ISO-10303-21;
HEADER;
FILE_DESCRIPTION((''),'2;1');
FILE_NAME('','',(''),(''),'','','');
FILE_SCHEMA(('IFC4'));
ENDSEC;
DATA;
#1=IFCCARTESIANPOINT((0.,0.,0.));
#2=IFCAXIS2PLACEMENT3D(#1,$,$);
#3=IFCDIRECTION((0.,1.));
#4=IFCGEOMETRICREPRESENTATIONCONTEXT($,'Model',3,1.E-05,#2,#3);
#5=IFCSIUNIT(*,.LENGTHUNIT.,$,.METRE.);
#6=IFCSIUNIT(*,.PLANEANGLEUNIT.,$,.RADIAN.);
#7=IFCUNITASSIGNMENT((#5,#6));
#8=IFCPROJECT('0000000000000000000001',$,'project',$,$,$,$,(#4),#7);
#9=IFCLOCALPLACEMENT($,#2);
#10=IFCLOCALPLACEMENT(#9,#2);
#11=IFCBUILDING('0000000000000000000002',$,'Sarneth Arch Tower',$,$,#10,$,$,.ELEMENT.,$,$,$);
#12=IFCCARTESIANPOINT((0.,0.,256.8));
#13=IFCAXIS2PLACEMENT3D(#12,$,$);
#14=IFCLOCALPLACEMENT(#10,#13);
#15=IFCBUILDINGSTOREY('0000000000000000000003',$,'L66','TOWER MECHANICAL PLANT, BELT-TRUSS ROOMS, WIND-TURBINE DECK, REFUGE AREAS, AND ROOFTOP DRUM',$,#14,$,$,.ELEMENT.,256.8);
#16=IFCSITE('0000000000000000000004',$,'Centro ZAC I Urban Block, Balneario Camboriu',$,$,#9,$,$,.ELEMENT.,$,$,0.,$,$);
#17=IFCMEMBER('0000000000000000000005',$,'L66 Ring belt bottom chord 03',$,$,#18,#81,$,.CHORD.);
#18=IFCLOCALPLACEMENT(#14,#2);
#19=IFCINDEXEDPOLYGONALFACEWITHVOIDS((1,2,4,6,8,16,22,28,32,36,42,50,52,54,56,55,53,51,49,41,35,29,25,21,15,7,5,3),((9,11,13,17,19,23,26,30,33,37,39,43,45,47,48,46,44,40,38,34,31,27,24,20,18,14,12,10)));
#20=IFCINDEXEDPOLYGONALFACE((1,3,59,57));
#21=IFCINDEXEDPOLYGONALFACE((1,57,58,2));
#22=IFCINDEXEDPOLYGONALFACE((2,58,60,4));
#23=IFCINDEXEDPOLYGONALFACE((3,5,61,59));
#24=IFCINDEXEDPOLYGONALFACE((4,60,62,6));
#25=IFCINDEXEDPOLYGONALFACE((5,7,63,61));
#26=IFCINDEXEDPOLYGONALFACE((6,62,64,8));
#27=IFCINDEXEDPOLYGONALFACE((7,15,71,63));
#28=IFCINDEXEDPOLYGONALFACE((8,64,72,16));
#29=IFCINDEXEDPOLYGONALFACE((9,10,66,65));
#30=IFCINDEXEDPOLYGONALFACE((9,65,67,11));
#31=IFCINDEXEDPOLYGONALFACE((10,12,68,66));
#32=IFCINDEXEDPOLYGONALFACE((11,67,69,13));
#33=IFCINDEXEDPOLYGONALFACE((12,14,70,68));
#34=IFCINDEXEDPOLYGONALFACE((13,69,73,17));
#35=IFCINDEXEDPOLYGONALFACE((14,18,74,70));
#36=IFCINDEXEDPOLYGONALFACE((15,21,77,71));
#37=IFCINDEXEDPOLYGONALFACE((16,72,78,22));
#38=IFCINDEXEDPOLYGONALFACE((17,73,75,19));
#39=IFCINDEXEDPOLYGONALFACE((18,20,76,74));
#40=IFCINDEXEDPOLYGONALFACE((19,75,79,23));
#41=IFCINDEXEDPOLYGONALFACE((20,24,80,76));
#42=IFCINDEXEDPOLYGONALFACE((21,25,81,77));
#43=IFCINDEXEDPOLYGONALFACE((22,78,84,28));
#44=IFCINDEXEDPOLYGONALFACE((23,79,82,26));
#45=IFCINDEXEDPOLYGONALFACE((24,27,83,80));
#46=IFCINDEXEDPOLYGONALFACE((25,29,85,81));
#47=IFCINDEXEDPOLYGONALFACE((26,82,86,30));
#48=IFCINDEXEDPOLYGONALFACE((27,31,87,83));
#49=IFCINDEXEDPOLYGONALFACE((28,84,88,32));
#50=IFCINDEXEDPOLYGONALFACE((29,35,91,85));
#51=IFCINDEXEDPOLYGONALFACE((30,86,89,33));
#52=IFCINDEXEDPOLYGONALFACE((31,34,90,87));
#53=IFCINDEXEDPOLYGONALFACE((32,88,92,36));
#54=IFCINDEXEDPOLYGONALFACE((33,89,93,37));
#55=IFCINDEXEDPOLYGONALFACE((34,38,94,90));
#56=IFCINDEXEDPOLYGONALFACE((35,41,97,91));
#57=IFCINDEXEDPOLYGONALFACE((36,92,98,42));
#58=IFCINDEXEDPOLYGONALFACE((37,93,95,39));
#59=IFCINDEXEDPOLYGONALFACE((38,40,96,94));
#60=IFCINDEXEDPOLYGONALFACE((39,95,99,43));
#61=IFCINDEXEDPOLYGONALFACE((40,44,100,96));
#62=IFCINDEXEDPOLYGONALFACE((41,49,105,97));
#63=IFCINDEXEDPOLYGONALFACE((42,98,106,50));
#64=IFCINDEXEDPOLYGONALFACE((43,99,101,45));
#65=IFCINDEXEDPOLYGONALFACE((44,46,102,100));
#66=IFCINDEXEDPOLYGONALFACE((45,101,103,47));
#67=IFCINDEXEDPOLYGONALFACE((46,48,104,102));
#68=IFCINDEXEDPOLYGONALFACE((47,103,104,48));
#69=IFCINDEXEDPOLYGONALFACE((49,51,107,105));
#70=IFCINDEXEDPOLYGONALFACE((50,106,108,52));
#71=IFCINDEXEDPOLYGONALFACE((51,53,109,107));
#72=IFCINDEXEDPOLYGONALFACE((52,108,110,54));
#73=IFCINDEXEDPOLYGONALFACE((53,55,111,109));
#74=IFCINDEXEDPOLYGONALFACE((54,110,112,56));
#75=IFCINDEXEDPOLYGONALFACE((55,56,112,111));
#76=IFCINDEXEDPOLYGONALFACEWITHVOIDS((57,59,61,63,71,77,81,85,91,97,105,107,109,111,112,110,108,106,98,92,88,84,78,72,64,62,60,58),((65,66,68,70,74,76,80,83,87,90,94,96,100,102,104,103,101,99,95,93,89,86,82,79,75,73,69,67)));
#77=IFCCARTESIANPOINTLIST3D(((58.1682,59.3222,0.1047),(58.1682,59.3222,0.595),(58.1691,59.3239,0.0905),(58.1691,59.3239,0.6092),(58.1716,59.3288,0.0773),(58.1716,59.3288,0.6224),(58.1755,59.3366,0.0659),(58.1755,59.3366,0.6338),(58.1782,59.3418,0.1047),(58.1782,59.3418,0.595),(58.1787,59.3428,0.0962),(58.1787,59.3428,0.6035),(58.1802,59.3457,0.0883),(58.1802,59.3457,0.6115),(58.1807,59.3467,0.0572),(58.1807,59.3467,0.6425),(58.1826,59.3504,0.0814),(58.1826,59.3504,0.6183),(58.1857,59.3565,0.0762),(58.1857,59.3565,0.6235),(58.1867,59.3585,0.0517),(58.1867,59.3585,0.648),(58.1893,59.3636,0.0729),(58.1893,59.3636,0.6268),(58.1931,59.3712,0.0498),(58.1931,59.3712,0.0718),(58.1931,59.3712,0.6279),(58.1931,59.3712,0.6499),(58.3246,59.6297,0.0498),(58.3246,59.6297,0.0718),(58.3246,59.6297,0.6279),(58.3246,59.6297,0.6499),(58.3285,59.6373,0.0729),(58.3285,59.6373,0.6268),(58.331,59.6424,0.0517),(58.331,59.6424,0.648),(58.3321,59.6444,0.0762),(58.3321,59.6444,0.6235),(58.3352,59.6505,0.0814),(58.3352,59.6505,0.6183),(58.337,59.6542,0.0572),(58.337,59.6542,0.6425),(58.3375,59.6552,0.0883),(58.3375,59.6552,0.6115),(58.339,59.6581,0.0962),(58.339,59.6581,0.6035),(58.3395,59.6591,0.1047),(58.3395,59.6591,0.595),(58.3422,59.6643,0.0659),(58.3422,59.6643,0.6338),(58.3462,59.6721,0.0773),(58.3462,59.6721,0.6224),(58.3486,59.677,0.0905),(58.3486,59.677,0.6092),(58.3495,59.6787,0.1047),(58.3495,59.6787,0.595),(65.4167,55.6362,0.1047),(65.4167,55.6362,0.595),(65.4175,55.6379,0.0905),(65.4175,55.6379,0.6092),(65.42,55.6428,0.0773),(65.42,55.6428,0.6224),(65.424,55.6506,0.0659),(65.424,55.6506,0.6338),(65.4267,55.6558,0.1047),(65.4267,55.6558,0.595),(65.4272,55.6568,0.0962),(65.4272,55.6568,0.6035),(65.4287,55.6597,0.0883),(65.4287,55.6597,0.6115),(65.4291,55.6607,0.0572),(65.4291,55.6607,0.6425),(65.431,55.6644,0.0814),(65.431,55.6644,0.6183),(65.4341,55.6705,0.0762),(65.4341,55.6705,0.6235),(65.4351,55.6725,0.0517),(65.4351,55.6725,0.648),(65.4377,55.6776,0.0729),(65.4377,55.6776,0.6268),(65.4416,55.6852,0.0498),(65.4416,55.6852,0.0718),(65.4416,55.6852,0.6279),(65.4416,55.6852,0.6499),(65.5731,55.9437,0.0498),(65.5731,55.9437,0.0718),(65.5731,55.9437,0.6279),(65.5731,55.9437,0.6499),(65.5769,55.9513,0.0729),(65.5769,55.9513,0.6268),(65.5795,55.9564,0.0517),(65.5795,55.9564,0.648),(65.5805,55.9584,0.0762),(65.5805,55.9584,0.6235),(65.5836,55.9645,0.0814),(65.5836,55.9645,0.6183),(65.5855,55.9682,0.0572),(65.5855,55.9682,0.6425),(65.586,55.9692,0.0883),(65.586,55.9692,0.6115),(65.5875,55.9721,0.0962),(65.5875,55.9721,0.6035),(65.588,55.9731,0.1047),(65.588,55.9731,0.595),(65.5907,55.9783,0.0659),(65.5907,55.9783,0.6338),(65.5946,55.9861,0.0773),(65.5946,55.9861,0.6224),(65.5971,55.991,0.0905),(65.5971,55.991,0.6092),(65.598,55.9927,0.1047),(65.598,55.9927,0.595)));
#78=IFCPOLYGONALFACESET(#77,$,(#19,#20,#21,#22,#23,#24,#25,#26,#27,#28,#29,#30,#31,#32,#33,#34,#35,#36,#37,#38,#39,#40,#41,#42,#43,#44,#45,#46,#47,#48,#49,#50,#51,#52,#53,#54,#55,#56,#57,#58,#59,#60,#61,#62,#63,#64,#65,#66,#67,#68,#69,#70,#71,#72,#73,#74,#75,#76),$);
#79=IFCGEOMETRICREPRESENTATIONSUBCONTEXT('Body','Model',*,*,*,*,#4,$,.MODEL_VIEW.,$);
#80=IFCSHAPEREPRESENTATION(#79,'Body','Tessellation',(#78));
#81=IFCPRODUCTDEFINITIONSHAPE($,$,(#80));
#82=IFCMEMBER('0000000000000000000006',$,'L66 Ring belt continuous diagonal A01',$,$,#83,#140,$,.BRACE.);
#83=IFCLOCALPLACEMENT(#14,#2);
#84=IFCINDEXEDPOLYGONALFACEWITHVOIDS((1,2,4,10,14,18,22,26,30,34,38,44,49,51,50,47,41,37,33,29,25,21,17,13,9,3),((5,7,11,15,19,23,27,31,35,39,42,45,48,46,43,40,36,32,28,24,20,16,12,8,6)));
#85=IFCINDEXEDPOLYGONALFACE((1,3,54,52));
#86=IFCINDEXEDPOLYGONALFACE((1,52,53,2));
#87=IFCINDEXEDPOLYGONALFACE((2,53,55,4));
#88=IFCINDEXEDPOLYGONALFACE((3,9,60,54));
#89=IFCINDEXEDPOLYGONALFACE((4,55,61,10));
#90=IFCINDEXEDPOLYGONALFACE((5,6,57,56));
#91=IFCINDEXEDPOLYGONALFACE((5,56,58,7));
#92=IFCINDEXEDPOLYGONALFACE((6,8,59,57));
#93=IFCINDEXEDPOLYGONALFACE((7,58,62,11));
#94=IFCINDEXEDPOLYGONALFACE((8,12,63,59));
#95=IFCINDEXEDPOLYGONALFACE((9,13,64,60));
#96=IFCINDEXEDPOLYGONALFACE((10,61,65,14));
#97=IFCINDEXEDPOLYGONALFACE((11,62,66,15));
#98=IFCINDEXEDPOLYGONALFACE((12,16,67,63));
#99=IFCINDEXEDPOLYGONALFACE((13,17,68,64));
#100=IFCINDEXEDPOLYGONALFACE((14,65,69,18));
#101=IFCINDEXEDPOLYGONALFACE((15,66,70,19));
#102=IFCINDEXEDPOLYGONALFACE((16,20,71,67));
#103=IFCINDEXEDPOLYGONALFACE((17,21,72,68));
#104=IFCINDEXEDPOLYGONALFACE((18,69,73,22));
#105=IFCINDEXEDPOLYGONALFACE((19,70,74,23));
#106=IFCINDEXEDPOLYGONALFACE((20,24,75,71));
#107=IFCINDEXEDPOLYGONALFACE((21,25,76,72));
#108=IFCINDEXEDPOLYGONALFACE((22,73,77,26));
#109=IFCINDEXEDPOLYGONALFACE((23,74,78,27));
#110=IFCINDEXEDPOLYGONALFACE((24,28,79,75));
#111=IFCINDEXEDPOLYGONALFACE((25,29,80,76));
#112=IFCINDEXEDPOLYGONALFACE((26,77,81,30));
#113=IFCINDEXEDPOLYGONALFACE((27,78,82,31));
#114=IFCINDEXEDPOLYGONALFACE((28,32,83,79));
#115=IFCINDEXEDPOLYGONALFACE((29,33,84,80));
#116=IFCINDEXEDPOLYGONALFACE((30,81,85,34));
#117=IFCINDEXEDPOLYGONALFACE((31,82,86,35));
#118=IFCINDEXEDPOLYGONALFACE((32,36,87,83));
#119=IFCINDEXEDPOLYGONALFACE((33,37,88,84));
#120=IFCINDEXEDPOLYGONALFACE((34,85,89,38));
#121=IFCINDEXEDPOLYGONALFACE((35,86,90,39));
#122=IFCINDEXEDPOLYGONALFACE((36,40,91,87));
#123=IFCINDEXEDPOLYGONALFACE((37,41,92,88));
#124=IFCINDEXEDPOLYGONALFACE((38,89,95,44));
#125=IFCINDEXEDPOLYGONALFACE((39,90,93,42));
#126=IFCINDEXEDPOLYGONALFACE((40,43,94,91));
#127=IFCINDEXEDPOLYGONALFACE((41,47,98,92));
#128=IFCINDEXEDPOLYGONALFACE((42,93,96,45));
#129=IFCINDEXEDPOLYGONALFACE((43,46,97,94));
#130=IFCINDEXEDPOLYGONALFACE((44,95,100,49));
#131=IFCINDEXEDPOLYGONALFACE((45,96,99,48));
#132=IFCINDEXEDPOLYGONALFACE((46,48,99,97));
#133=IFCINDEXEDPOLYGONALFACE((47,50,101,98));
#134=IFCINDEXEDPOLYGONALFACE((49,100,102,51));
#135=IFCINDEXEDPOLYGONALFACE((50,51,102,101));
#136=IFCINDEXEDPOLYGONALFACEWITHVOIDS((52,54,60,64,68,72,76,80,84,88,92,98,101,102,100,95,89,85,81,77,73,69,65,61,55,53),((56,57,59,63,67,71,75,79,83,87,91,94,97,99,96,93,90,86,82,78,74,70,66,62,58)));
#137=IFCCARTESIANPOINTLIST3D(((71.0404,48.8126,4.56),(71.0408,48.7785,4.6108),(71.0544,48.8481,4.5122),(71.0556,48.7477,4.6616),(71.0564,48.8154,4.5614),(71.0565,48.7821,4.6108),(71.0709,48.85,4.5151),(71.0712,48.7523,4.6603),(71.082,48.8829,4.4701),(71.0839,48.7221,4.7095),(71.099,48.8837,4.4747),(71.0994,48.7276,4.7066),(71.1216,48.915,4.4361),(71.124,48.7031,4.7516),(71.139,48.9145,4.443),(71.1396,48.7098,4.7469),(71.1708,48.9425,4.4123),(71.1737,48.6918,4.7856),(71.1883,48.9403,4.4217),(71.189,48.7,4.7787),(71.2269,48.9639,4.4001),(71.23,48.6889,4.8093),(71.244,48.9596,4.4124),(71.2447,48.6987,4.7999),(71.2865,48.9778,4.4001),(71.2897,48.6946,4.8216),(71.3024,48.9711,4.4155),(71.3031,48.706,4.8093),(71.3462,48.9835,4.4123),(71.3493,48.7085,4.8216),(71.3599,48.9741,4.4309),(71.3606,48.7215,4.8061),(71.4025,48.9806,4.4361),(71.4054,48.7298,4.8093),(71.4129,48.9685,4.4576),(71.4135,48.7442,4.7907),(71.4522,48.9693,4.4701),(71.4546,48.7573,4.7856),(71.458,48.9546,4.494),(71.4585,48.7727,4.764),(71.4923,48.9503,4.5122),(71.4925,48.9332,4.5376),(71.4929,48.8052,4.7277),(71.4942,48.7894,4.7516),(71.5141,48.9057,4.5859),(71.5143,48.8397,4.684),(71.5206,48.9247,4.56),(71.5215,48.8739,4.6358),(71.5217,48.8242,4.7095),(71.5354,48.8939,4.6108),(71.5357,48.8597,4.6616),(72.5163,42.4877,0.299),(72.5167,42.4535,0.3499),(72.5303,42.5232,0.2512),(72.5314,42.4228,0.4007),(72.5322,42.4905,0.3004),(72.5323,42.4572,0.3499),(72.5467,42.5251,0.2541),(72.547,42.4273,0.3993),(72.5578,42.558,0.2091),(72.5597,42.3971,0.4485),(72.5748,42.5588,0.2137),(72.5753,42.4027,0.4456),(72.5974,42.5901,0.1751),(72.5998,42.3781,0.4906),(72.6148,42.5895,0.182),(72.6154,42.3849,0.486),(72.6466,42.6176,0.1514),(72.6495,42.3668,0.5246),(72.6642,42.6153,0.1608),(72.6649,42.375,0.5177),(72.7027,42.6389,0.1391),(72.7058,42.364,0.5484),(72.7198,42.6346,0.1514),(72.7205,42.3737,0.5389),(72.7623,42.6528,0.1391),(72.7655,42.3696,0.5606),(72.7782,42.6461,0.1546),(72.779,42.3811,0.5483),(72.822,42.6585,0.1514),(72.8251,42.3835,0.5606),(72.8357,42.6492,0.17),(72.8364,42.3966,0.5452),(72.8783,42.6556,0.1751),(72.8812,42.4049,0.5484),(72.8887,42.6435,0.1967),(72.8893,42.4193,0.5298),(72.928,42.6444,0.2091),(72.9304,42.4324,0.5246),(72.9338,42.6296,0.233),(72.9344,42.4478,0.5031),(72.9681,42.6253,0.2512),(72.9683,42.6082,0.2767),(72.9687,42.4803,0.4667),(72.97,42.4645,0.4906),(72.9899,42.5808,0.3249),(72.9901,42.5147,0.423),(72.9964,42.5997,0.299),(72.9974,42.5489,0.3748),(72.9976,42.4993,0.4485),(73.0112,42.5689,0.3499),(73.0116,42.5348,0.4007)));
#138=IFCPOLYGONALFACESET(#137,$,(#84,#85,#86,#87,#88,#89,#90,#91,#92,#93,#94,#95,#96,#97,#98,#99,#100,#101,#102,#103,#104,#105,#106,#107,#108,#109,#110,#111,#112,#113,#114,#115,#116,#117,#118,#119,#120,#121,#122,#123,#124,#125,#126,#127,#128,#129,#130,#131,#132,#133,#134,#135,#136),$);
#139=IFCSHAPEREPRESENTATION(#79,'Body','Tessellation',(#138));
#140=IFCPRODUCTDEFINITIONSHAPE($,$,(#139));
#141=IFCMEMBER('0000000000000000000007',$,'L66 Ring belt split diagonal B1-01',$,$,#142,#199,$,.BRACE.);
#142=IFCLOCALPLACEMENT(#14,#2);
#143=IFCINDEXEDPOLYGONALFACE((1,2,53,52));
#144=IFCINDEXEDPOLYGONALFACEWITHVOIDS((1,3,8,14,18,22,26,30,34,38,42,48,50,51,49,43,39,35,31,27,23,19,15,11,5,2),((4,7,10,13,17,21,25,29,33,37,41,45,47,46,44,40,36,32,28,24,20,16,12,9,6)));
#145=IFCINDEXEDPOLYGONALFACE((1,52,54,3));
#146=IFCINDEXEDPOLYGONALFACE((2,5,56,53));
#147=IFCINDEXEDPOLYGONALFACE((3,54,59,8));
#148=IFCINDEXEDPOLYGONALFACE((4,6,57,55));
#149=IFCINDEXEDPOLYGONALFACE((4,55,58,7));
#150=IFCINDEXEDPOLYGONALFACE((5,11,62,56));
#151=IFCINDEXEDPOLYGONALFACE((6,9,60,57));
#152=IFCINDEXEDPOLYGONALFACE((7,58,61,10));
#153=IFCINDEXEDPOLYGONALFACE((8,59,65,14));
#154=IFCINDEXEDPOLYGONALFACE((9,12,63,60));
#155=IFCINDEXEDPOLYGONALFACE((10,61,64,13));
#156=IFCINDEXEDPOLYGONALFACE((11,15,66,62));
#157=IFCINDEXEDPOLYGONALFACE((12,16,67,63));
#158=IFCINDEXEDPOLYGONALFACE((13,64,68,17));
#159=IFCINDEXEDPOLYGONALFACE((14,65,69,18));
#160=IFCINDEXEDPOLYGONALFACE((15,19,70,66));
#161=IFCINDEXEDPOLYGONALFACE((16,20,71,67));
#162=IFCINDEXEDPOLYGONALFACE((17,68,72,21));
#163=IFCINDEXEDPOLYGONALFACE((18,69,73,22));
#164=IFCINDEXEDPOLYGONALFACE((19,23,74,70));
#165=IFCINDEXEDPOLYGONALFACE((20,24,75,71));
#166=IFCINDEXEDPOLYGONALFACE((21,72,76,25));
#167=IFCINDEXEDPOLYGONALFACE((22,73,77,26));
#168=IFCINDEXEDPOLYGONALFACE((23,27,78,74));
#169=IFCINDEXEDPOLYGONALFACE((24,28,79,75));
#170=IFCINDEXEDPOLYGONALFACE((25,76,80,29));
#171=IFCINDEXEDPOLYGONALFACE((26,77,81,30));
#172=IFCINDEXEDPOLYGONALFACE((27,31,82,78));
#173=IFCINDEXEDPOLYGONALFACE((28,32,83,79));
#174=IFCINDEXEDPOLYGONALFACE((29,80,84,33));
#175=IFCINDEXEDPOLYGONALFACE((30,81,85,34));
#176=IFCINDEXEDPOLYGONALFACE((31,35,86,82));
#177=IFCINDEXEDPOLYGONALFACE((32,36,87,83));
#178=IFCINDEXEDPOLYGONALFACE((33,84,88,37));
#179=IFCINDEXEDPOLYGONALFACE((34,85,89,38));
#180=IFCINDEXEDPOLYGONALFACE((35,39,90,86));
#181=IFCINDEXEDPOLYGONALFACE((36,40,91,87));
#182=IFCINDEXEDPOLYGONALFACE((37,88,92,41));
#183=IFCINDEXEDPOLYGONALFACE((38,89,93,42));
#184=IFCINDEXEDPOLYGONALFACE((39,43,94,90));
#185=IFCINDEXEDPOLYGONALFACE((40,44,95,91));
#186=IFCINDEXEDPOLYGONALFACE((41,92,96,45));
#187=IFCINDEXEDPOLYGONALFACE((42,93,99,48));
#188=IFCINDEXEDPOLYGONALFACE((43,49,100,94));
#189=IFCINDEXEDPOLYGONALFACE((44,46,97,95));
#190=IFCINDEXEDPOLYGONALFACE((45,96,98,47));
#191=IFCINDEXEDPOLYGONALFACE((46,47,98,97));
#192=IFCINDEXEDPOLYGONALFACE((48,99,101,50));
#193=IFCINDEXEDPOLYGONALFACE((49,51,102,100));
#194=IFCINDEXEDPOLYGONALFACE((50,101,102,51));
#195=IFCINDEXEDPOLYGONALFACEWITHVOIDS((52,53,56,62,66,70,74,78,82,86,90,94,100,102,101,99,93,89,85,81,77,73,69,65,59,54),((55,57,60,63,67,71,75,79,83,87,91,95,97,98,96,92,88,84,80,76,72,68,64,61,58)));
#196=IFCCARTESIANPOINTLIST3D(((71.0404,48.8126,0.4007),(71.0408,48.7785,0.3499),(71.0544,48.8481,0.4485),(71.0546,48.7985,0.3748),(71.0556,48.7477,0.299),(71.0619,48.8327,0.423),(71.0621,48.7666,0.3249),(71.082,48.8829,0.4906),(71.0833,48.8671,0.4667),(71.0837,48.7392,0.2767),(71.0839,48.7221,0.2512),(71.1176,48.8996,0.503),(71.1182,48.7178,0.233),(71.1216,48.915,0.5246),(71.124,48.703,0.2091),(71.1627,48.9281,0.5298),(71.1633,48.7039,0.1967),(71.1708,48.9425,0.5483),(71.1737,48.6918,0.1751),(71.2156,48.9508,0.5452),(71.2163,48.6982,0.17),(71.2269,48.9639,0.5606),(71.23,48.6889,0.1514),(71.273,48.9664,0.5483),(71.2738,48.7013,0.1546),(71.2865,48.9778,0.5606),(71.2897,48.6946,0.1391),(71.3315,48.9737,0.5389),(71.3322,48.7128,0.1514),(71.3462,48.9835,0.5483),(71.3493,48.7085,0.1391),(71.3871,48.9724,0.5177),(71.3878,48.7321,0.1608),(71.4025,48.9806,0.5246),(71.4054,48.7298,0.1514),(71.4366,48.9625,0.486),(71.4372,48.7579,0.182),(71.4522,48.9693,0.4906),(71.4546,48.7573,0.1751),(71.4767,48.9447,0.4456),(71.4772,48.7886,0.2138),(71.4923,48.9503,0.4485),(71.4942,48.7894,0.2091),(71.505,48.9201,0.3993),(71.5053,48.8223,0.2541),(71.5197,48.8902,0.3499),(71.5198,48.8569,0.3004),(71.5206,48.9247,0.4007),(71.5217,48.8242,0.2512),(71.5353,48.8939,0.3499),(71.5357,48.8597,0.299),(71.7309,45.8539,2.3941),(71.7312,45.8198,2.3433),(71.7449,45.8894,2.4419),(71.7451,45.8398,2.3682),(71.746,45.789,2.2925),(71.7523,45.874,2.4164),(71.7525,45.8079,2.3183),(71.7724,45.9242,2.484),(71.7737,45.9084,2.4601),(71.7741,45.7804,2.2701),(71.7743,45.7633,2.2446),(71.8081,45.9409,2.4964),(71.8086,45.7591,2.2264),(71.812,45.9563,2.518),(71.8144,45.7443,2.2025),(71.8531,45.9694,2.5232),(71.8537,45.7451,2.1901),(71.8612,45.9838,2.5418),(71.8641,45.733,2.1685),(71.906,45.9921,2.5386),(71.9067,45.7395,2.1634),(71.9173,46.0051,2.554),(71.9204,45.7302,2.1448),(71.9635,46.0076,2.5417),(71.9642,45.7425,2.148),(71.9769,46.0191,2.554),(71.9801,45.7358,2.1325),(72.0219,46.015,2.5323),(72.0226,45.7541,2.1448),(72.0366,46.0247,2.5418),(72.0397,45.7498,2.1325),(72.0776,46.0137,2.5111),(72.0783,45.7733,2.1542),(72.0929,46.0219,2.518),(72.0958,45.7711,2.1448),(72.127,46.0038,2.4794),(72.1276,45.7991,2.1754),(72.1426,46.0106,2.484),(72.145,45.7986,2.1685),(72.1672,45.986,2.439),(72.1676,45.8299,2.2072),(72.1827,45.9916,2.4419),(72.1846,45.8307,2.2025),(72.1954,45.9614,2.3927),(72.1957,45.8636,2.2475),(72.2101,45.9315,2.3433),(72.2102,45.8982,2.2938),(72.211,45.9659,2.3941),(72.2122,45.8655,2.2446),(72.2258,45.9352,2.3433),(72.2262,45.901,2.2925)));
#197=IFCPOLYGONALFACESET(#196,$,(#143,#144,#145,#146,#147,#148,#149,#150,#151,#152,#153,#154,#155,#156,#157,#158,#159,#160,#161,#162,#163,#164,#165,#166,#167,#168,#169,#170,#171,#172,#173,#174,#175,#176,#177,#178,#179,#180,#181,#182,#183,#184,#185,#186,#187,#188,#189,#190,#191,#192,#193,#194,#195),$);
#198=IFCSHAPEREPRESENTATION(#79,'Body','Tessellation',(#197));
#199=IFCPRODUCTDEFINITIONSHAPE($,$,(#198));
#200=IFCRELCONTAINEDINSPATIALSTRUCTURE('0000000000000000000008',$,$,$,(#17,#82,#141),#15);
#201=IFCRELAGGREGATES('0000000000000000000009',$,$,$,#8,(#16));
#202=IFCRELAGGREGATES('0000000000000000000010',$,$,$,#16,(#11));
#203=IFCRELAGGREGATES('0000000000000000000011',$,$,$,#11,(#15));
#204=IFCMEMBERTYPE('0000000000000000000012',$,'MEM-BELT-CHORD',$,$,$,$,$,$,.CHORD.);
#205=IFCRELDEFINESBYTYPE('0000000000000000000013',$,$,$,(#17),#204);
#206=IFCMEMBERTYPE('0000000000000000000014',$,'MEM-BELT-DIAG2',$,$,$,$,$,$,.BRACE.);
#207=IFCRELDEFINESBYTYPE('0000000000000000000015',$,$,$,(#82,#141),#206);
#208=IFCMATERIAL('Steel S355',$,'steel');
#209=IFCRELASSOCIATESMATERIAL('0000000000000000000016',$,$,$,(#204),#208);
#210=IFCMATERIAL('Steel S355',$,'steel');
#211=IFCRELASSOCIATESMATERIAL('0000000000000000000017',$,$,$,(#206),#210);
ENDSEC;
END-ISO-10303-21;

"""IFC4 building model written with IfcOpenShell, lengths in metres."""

from ifc_helpers import new_model, si_unit, direction, frame, origin, origin_2d, place, context, subcontext, project, spatial, hollow_rectangle, hollow_circle, extrude, material, material_profile, profile_set, type_object, element, save


model = new_model("IFC4")

# Units and contexts
model_context = context("Model", 3, precision=1e-05, world=origin(), true_north=direction((0.0, 1.0)))
body_context = subcontext(model_context, "Body", "Model", "MODEL_VIEW")
ifc_project = project(units=[si_unit("LENGTHUNIT", "METRE"), si_unit("PLANEANGLEUNIT", "RADIAN")], contexts=[model_context])

# Site, building, storey
site_placement = place(None, origin())
site = spatial("IfcSite", under=ifc_project, at=site_placement, Name="Centro ZAC I Urban Block, Balneario Camboriu", CompositionType="ELEMENT", RefElevation=0.0)
building_placement = place(site_placement, origin())
building = spatial("IfcBuilding", under=site, at=building_placement, Name="Sarneth Arch Tower", CompositionType="ELEMENT")
storey_placement = place(building_placement, frame((0.0, 0.0, 256.8)))
storey = spatial("IfcBuildingStorey", under=building, at=storey_placement, Name="L66", Description="TOWER MECHANICAL PLANT, BELT-TRUSS ROOMS, WIND-TURBINE DECK, REFUGE AREAS, AND ROOFTOP DRUM", CompositionType="ELEMENT", Elevation=256.8)

# Members
ifc_material_1 = material(Name="Steel S355", Category="steel")
ifc_material_profile_1 = material_profile(ifc_material_1, hollow_rectangle(XDim=0.3999, YDim=0.6001, WallThickness=0.022, InnerFilletRadius=0.033, OuterFilletRadius=0.0549, at=origin_2d()), Name="RHS600x400x22")
ifc_profile_set_1 = profile_set([ifc_material_profile_1], Name="Steel S355")
member_type_1 = type_object("IfcMemberType", Name="MEM-BELT-CHORD", PredefinedType="CHORD", material=ifc_profile_set_1)
member_1_placement = place(storey_placement, frame((65.5073, 55.8145, 0.3499), z_axis=(-0.891368, 0.45328, 0.0), x_axis=(-0.45328, -0.891368, 0.0)))
element("IfcMember", 1, at=member_1_placement, inside=storey, type_object=member_type_1, Name="L66 Ring belt bottom chord 03", PredefinedType="CHORD", context=body_context, shape_type="SweptSolid", body=[
    extrude(hollow_rectangle(XDim=0.3999, YDim=0.6001, WallThickness=0.022, InnerFilletRadius=0.033, OuterFilletRadius=0.0549, at=origin_2d()), origin(), (0.0, 0.0, 1.0), 8.1318),
])
ifc_material_2 = material(Name="Steel S355", Category="steel")
ifc_material_profile_2 = material_profile(ifc_material_2, hollow_circle(Radius=0.2539, WallThickness=0.0161, at=origin_2d()), Name="CHS508x16")
ifc_profile_set_2 = profile_set([ifc_material_profile_2], Name="Steel S355")
member_type_2 = type_object("IfcMemberType", Name="MEM-BELT-DIAG2", PredefinedType="BRACE", material=ifc_profile_set_2)
member_2_placement = place(storey_placement, frame((72.7639, 42.5112, 0.3499), z_axis=(-0.189993, 0.81425, 0.548543), x_axis=(-0.973841, -0.227231, 0.0)))
element("IfcMember", 2, at=member_2_placement, inside=storey, type_object=member_type_2, Name="L66 Ring belt continuous diagonal A01", PredefinedType="BRACE", context=body_context, shape_type="SweptSolid", body=[
    extrude(hollow_circle(Radius=0.2539, WallThickness=0.0161, at=origin_2d()), origin(), (0.0, 0.0, 1.0), 7.7678),
])
for number, where, z_axis, x_axis, name in (
    (3, (71.2881, 48.8362, 0.3499), (0.190002, -0.814227, 0.548574), (0.973837, 0.227247, 0.0), "L66 Ring belt split diagonal B1-01"),
):
    element("IfcMember", number, at=place(storey_placement, frame(where, z_axis=z_axis, x_axis=x_axis)), inside=storey, type_object=member_type_2, Name=name, PredefinedType="BRACE", context=body_context, shape_type="SweptSolid", body=[
        extrude(hollow_circle(Radius=0.2539, WallThickness=0.0161, at=origin_2d()), origin(), (0.0, 0.0, 1.0), 3.6338),
    ])

save(model, "model.ifc")
